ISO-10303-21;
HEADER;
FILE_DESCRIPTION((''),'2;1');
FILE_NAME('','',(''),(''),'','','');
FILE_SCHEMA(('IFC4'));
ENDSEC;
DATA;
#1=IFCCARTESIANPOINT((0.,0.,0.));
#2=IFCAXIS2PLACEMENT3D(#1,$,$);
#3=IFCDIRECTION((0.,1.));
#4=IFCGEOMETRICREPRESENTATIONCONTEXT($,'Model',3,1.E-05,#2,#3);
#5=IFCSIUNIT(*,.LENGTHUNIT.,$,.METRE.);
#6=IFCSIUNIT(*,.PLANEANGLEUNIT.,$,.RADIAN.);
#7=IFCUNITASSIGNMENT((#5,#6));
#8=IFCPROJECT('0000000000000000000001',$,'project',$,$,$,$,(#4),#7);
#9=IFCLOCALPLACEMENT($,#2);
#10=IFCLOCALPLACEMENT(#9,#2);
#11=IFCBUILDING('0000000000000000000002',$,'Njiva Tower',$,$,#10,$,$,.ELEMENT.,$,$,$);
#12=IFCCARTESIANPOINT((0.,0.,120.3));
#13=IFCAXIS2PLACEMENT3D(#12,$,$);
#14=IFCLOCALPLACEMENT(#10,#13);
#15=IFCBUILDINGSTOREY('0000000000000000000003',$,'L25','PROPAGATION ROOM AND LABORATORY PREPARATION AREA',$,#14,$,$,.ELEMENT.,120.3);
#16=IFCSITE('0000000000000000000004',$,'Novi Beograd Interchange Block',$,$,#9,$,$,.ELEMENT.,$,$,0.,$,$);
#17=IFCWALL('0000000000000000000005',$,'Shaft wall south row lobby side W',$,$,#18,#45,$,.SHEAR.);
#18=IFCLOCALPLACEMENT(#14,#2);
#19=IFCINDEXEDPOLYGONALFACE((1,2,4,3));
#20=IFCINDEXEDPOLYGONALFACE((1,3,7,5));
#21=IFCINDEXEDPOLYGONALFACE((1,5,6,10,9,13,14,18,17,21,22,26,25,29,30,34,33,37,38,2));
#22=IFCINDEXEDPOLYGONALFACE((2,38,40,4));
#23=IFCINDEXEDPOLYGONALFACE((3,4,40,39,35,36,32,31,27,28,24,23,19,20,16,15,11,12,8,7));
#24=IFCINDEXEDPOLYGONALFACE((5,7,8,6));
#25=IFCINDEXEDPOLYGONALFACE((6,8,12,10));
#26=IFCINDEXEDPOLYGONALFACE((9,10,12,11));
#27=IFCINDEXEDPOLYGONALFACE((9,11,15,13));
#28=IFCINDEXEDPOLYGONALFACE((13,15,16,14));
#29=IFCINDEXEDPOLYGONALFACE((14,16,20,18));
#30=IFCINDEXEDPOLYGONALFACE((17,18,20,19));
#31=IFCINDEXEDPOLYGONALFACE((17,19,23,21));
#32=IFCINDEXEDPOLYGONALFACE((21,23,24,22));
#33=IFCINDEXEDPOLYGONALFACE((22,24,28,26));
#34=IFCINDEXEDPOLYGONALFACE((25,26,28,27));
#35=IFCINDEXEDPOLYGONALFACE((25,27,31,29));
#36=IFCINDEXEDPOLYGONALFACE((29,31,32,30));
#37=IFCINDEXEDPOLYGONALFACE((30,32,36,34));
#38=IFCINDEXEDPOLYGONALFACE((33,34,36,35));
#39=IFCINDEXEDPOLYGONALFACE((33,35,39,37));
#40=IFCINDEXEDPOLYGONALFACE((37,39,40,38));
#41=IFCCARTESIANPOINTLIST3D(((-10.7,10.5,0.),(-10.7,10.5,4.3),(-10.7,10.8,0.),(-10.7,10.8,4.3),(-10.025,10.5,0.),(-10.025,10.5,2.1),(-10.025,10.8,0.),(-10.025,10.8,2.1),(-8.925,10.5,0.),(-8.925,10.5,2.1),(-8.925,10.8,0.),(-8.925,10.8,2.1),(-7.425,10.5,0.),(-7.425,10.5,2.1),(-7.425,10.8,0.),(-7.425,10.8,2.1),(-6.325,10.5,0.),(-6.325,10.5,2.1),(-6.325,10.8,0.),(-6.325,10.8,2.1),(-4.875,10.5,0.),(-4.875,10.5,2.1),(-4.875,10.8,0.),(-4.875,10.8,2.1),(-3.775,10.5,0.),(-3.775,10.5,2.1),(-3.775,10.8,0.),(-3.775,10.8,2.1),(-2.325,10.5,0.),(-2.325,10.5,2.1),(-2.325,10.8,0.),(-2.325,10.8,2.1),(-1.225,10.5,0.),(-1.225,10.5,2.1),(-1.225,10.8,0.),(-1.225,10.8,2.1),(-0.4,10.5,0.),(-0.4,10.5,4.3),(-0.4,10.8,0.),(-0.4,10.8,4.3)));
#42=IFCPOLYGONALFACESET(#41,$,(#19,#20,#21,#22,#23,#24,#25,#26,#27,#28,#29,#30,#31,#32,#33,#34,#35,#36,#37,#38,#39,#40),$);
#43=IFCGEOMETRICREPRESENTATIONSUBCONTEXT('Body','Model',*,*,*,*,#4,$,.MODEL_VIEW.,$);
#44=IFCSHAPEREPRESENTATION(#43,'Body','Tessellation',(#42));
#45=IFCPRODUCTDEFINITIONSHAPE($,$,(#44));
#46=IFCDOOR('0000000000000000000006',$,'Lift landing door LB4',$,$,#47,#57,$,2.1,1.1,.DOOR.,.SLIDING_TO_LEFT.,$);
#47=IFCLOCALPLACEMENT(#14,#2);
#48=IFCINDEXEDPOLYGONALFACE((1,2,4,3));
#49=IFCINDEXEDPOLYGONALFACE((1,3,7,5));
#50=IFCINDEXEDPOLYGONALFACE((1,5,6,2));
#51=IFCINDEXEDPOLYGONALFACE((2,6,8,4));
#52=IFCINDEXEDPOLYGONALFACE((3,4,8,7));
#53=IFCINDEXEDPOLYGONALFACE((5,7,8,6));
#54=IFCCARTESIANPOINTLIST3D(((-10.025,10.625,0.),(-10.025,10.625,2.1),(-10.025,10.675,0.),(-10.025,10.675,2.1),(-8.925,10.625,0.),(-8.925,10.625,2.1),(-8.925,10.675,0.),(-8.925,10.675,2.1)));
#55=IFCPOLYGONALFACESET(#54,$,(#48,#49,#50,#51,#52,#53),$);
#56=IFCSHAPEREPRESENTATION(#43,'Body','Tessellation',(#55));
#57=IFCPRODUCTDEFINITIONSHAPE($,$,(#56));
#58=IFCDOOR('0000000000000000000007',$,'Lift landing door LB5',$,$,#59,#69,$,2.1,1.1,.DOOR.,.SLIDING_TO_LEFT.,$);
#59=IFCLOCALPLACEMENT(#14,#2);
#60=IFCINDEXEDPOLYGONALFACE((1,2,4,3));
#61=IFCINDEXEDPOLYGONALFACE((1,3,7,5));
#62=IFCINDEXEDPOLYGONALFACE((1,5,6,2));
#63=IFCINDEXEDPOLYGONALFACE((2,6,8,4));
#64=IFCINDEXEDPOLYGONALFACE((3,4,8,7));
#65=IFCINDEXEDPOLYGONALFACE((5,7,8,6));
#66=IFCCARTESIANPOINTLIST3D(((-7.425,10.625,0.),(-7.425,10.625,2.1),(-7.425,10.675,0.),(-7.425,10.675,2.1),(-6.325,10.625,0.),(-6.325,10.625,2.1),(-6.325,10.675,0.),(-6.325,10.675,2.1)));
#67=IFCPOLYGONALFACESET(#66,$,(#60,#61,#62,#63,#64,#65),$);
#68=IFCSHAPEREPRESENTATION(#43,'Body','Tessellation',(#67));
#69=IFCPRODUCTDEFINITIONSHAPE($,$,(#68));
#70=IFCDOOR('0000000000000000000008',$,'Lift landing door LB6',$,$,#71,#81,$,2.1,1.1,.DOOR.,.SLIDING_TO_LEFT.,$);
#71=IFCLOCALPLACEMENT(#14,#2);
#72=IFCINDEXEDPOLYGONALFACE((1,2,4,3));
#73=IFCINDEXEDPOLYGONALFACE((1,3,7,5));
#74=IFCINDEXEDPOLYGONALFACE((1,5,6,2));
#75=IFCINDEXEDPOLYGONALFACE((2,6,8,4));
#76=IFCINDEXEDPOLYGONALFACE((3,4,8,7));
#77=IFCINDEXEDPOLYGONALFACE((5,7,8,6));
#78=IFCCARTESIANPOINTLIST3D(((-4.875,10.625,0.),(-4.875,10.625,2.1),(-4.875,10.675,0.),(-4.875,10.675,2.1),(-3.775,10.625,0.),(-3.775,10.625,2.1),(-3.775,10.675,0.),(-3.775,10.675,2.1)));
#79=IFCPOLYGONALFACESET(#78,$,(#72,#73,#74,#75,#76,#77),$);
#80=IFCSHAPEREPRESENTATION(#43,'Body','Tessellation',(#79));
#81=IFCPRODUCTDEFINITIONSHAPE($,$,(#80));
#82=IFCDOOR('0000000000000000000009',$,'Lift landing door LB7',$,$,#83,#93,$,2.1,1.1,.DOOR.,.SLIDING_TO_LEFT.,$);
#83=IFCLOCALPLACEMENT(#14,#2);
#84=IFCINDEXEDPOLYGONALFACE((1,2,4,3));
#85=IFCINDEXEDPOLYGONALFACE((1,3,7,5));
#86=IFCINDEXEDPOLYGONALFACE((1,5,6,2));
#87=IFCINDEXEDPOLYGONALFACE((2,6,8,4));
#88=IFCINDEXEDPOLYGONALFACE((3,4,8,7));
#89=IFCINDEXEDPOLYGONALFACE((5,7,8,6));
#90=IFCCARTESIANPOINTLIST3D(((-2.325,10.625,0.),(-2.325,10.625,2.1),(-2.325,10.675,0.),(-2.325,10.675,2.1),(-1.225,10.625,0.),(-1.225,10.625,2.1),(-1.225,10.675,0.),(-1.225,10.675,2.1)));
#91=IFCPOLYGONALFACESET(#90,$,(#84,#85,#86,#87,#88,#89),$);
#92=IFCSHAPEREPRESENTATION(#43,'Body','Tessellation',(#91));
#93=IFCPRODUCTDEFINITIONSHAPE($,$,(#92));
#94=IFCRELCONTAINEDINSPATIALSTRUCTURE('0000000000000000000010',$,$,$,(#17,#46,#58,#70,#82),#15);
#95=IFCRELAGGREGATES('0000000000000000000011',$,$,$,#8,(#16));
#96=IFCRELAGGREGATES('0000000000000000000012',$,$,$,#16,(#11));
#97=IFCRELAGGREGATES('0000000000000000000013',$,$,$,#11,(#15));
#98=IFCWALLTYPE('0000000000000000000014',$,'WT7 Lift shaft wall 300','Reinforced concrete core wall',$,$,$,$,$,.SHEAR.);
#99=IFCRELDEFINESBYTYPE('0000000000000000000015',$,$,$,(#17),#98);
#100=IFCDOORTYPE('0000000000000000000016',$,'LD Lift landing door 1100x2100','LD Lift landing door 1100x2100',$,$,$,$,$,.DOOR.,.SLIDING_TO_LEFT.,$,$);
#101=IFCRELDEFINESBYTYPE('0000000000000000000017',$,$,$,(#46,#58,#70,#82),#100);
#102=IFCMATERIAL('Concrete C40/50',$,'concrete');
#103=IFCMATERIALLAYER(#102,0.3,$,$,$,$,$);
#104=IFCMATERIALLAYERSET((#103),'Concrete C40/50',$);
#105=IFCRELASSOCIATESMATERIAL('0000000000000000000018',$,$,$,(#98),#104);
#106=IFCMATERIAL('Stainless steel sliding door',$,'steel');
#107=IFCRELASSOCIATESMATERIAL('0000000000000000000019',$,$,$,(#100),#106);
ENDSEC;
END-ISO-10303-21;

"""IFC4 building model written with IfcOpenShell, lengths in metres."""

from ifc_helpers import new_model, si_unit, direction, frame, frame_2d, origin, place, context, subcontext, project, spatial, rectangle, extrude, material, layer, layer_set, type_object, element, fill, save


model = new_model("IFC4")

# Units and contexts
model_context = context("Model", 3, precision=1e-05, world=origin(), true_north=direction((0.0, 1.0)))
body_context = subcontext(model_context, "Body", "Model", "MODEL_VIEW")
ifc_project = project(units=[si_unit("LENGTHUNIT", "METRE"), si_unit("PLANEANGLEUNIT", "RADIAN")], contexts=[model_context])

# Site, building, storey
site_placement = place(None, origin())
site = spatial("IfcSite", under=ifc_project, at=site_placement, Name="Novi Beograd Interchange Block", CompositionType="ELEMENT", RefElevation=0.0)
building_placement = place(site_placement, origin())
building = spatial("IfcBuilding", under=site, at=building_placement, Name="Njiva Tower", CompositionType="ELEMENT")
storey_placement = place(building_placement, frame((0.0, 0.0, 120.3)))
storey = spatial("IfcBuildingStorey", under=building, at=storey_placement, Name="L25", Description="PROPAGATION ROOM AND LABORATORY PREPARATION AREA", CompositionType="ELEMENT", Elevation=120.3)

# Shared definitions
ifc_material_1 = material(Name="Concrete C40/50", Category="concrete")

# Wall, openings, doors
ifc_layer_1 = layer(ifc_material_1, 0.3)
ifc_layer_set_1 = layer_set([ifc_layer_1], Name="Concrete C40/50")
wall_type_1 = type_object("IfcWallType", Name="WT7 Lift shaft wall 300", Description="Reinforced concrete core wall", PredefinedType="SHEAR", material=ifc_layer_set_1)
ifc_material_2 = material(Name="Stainless steel sliding door", Category="steel")
door_type_1 = type_object("IfcDoorType", Name="LD Lift landing door 1100x2100", Description="LD Lift landing door 1100x2100", OperationType="SLIDING_TO_LEFT", PredefinedType="DOOR", material=ifc_material_2)
wall_1_placement = place(storey_placement, frame((-10.7, 10.65, 0.0), z_axis=(0.0, 0.0, 1.0), x_axis=(1.0, 0.0, 0.0)))
wall_1 = element("IfcWall", 1, at=wall_1_placement, inside=storey, type_object=wall_type_1, Name="Shaft wall south row lobby side W", PredefinedType="SHEAR", context=body_context, shape_type="SweptSolid", body=[
    extrude(rectangle(XDim=10.3, YDim=0.3, at=frame_2d((5.15, 0.0))), origin(), (0.0, 0.0, 1.0), 4.3),
])
opening_1_placement = place(wall_1_placement, frame((0.675, 0.0, 0.0)))
opening_1 = element("IfcOpeningElement", 2, at=opening_1_placement, cuts=wall_1, PredefinedType="OPENING", context=body_context, shape_type="SweptSolid", body=[
    extrude(rectangle(XDim=1.1, YDim=2.1, at=frame_2d((0.55, 1.05))), frame((0.0, 0.16, 0.0), z_axis=(0.0, -1.0, 0.0), x_axis=(1.0, 0.0, 0.0)), (0.0, 0.0, 1.0), 0.32),
])
opening_2_placement = place(wall_1_placement, frame((3.275, 0.0, 0.0)))
opening_2 = element("IfcOpeningElement", 3, at=opening_2_placement, cuts=wall_1, PredefinedType="OPENING", context=body_context, shape_type="SweptSolid", body=[
    extrude(rectangle(XDim=1.1, YDim=2.1, at=frame_2d((0.55, 1.05))), frame((0.0, 0.16, 0.0), z_axis=(0.0, -1.0, 0.0), x_axis=(1.0, 0.0, 0.0)), (0.0, 0.0, 1.0), 0.32),
])
opening_3_placement = place(wall_1_placement, frame((5.825, 0.0, 0.0)))
opening_3 = element("IfcOpeningElement", 4, at=opening_3_placement, cuts=wall_1, PredefinedType="OPENING", context=body_context, shape_type="SweptSolid", body=[
    extrude(rectangle(XDim=1.1, YDim=2.1, at=frame_2d((0.55, 1.05))), frame((0.0, 0.16, 0.0), z_axis=(0.0, -1.0, 0.0), x_axis=(1.0, 0.0, 0.0)), (0.0, 0.0, 1.0), 0.32),
])
opening_4_placement = place(wall_1_placement, frame((8.375, 0.0, 0.0)))
opening_4 = element("IfcOpeningElement", 5, at=opening_4_placement, cuts=wall_1, PredefinedType="OPENING", context=body_context, shape_type="SweptSolid", body=[
    extrude(rectangle(XDim=1.1, YDim=2.1, at=frame_2d((0.55, 1.05))), frame((0.0, 0.16, 0.0), z_axis=(0.0, -1.0, 0.0), x_axis=(1.0, 0.0, 0.0)), (0.0, 0.0, 1.0), 0.32),
])
door_1_placement = place(opening_1_placement, origin())
door_1 = element("IfcDoor", 6, at=door_1_placement, inside=storey, type_object=door_type_1, Name="Lift landing door LB4", OperationType="SLIDING_TO_LEFT", OverallHeight=2.1, OverallWidth=1.1, PredefinedType="DOOR", context=body_context, shape_type="SweptSolid", body=[
    extrude(rectangle(XDim=1.1, YDim=2.1, at=frame_2d((0.55, 1.05))), frame((0.0, 0.025, 0.0), z_axis=(0.0, -1.0, 0.0), x_axis=(1.0, 0.0, 0.0)), (0.0, 0.0, 1.0), 0.05),
])
fill(opening_1, door_1)
door_2_placement = place(opening_2_placement, origin())
door_2 = element("IfcDoor", 7, at=door_2_placement, inside=storey, type_object=door_type_1, Name="Lift landing door LB5", OperationType="SLIDING_TO_LEFT", OverallHeight=2.1, OverallWidth=1.1, PredefinedType="DOOR", context=body_context, shape_type="SweptSolid", body=[
    extrude(rectangle(XDim=1.1, YDim=2.1, at=frame_2d((0.55, 1.05))), frame((0.0, 0.025, 0.0), z_axis=(0.0, -1.0, 0.0), x_axis=(1.0, 0.0, 0.0)), (0.0, 0.0, 1.0), 0.05),
])
fill(opening_2, door_2)
door_3_placement = place(opening_3_placement, origin())
door_3 = element("IfcDoor", 8, at=door_3_placement, inside=storey, type_object=door_type_1, Name="Lift landing door LB6", OperationType="SLIDING_TO_LEFT", OverallHeight=2.1, OverallWidth=1.1, PredefinedType="DOOR", context=body_context, shape_type="SweptSolid", body=[
    extrude(rectangle(XDim=1.1, YDim=2.1, at=frame_2d((0.55, 1.05))), frame((0.0, 0.025, 0.0), z_axis=(0.0, -1.0, 0.0), x_axis=(1.0, 0.0, 0.0)), (0.0, 0.0, 1.0), 0.05),
])
fill(opening_3, door_3)
door_4_placement = place(opening_4_placement, origin())
door_4 = element("IfcDoor", 9, at=door_4_placement, inside=storey, type_object=door_type_1, Name="Lift landing door LB7", OperationType="SLIDING_TO_LEFT", OverallHeight=2.1, OverallWidth=1.1, PredefinedType="DOOR", context=body_context, shape_type="SweptSolid", body=[
    extrude(rectangle(XDim=1.1, YDim=2.1, at=frame_2d((0.55, 1.05))), frame((0.0, 0.025, 0.0), z_axis=(0.0, -1.0, 0.0), x_axis=(1.0, 0.0, 0.0)), (0.0, 0.0, 1.0), 0.05),
])
fill(opening_4, door_4)

save(model, "model.ifc")
